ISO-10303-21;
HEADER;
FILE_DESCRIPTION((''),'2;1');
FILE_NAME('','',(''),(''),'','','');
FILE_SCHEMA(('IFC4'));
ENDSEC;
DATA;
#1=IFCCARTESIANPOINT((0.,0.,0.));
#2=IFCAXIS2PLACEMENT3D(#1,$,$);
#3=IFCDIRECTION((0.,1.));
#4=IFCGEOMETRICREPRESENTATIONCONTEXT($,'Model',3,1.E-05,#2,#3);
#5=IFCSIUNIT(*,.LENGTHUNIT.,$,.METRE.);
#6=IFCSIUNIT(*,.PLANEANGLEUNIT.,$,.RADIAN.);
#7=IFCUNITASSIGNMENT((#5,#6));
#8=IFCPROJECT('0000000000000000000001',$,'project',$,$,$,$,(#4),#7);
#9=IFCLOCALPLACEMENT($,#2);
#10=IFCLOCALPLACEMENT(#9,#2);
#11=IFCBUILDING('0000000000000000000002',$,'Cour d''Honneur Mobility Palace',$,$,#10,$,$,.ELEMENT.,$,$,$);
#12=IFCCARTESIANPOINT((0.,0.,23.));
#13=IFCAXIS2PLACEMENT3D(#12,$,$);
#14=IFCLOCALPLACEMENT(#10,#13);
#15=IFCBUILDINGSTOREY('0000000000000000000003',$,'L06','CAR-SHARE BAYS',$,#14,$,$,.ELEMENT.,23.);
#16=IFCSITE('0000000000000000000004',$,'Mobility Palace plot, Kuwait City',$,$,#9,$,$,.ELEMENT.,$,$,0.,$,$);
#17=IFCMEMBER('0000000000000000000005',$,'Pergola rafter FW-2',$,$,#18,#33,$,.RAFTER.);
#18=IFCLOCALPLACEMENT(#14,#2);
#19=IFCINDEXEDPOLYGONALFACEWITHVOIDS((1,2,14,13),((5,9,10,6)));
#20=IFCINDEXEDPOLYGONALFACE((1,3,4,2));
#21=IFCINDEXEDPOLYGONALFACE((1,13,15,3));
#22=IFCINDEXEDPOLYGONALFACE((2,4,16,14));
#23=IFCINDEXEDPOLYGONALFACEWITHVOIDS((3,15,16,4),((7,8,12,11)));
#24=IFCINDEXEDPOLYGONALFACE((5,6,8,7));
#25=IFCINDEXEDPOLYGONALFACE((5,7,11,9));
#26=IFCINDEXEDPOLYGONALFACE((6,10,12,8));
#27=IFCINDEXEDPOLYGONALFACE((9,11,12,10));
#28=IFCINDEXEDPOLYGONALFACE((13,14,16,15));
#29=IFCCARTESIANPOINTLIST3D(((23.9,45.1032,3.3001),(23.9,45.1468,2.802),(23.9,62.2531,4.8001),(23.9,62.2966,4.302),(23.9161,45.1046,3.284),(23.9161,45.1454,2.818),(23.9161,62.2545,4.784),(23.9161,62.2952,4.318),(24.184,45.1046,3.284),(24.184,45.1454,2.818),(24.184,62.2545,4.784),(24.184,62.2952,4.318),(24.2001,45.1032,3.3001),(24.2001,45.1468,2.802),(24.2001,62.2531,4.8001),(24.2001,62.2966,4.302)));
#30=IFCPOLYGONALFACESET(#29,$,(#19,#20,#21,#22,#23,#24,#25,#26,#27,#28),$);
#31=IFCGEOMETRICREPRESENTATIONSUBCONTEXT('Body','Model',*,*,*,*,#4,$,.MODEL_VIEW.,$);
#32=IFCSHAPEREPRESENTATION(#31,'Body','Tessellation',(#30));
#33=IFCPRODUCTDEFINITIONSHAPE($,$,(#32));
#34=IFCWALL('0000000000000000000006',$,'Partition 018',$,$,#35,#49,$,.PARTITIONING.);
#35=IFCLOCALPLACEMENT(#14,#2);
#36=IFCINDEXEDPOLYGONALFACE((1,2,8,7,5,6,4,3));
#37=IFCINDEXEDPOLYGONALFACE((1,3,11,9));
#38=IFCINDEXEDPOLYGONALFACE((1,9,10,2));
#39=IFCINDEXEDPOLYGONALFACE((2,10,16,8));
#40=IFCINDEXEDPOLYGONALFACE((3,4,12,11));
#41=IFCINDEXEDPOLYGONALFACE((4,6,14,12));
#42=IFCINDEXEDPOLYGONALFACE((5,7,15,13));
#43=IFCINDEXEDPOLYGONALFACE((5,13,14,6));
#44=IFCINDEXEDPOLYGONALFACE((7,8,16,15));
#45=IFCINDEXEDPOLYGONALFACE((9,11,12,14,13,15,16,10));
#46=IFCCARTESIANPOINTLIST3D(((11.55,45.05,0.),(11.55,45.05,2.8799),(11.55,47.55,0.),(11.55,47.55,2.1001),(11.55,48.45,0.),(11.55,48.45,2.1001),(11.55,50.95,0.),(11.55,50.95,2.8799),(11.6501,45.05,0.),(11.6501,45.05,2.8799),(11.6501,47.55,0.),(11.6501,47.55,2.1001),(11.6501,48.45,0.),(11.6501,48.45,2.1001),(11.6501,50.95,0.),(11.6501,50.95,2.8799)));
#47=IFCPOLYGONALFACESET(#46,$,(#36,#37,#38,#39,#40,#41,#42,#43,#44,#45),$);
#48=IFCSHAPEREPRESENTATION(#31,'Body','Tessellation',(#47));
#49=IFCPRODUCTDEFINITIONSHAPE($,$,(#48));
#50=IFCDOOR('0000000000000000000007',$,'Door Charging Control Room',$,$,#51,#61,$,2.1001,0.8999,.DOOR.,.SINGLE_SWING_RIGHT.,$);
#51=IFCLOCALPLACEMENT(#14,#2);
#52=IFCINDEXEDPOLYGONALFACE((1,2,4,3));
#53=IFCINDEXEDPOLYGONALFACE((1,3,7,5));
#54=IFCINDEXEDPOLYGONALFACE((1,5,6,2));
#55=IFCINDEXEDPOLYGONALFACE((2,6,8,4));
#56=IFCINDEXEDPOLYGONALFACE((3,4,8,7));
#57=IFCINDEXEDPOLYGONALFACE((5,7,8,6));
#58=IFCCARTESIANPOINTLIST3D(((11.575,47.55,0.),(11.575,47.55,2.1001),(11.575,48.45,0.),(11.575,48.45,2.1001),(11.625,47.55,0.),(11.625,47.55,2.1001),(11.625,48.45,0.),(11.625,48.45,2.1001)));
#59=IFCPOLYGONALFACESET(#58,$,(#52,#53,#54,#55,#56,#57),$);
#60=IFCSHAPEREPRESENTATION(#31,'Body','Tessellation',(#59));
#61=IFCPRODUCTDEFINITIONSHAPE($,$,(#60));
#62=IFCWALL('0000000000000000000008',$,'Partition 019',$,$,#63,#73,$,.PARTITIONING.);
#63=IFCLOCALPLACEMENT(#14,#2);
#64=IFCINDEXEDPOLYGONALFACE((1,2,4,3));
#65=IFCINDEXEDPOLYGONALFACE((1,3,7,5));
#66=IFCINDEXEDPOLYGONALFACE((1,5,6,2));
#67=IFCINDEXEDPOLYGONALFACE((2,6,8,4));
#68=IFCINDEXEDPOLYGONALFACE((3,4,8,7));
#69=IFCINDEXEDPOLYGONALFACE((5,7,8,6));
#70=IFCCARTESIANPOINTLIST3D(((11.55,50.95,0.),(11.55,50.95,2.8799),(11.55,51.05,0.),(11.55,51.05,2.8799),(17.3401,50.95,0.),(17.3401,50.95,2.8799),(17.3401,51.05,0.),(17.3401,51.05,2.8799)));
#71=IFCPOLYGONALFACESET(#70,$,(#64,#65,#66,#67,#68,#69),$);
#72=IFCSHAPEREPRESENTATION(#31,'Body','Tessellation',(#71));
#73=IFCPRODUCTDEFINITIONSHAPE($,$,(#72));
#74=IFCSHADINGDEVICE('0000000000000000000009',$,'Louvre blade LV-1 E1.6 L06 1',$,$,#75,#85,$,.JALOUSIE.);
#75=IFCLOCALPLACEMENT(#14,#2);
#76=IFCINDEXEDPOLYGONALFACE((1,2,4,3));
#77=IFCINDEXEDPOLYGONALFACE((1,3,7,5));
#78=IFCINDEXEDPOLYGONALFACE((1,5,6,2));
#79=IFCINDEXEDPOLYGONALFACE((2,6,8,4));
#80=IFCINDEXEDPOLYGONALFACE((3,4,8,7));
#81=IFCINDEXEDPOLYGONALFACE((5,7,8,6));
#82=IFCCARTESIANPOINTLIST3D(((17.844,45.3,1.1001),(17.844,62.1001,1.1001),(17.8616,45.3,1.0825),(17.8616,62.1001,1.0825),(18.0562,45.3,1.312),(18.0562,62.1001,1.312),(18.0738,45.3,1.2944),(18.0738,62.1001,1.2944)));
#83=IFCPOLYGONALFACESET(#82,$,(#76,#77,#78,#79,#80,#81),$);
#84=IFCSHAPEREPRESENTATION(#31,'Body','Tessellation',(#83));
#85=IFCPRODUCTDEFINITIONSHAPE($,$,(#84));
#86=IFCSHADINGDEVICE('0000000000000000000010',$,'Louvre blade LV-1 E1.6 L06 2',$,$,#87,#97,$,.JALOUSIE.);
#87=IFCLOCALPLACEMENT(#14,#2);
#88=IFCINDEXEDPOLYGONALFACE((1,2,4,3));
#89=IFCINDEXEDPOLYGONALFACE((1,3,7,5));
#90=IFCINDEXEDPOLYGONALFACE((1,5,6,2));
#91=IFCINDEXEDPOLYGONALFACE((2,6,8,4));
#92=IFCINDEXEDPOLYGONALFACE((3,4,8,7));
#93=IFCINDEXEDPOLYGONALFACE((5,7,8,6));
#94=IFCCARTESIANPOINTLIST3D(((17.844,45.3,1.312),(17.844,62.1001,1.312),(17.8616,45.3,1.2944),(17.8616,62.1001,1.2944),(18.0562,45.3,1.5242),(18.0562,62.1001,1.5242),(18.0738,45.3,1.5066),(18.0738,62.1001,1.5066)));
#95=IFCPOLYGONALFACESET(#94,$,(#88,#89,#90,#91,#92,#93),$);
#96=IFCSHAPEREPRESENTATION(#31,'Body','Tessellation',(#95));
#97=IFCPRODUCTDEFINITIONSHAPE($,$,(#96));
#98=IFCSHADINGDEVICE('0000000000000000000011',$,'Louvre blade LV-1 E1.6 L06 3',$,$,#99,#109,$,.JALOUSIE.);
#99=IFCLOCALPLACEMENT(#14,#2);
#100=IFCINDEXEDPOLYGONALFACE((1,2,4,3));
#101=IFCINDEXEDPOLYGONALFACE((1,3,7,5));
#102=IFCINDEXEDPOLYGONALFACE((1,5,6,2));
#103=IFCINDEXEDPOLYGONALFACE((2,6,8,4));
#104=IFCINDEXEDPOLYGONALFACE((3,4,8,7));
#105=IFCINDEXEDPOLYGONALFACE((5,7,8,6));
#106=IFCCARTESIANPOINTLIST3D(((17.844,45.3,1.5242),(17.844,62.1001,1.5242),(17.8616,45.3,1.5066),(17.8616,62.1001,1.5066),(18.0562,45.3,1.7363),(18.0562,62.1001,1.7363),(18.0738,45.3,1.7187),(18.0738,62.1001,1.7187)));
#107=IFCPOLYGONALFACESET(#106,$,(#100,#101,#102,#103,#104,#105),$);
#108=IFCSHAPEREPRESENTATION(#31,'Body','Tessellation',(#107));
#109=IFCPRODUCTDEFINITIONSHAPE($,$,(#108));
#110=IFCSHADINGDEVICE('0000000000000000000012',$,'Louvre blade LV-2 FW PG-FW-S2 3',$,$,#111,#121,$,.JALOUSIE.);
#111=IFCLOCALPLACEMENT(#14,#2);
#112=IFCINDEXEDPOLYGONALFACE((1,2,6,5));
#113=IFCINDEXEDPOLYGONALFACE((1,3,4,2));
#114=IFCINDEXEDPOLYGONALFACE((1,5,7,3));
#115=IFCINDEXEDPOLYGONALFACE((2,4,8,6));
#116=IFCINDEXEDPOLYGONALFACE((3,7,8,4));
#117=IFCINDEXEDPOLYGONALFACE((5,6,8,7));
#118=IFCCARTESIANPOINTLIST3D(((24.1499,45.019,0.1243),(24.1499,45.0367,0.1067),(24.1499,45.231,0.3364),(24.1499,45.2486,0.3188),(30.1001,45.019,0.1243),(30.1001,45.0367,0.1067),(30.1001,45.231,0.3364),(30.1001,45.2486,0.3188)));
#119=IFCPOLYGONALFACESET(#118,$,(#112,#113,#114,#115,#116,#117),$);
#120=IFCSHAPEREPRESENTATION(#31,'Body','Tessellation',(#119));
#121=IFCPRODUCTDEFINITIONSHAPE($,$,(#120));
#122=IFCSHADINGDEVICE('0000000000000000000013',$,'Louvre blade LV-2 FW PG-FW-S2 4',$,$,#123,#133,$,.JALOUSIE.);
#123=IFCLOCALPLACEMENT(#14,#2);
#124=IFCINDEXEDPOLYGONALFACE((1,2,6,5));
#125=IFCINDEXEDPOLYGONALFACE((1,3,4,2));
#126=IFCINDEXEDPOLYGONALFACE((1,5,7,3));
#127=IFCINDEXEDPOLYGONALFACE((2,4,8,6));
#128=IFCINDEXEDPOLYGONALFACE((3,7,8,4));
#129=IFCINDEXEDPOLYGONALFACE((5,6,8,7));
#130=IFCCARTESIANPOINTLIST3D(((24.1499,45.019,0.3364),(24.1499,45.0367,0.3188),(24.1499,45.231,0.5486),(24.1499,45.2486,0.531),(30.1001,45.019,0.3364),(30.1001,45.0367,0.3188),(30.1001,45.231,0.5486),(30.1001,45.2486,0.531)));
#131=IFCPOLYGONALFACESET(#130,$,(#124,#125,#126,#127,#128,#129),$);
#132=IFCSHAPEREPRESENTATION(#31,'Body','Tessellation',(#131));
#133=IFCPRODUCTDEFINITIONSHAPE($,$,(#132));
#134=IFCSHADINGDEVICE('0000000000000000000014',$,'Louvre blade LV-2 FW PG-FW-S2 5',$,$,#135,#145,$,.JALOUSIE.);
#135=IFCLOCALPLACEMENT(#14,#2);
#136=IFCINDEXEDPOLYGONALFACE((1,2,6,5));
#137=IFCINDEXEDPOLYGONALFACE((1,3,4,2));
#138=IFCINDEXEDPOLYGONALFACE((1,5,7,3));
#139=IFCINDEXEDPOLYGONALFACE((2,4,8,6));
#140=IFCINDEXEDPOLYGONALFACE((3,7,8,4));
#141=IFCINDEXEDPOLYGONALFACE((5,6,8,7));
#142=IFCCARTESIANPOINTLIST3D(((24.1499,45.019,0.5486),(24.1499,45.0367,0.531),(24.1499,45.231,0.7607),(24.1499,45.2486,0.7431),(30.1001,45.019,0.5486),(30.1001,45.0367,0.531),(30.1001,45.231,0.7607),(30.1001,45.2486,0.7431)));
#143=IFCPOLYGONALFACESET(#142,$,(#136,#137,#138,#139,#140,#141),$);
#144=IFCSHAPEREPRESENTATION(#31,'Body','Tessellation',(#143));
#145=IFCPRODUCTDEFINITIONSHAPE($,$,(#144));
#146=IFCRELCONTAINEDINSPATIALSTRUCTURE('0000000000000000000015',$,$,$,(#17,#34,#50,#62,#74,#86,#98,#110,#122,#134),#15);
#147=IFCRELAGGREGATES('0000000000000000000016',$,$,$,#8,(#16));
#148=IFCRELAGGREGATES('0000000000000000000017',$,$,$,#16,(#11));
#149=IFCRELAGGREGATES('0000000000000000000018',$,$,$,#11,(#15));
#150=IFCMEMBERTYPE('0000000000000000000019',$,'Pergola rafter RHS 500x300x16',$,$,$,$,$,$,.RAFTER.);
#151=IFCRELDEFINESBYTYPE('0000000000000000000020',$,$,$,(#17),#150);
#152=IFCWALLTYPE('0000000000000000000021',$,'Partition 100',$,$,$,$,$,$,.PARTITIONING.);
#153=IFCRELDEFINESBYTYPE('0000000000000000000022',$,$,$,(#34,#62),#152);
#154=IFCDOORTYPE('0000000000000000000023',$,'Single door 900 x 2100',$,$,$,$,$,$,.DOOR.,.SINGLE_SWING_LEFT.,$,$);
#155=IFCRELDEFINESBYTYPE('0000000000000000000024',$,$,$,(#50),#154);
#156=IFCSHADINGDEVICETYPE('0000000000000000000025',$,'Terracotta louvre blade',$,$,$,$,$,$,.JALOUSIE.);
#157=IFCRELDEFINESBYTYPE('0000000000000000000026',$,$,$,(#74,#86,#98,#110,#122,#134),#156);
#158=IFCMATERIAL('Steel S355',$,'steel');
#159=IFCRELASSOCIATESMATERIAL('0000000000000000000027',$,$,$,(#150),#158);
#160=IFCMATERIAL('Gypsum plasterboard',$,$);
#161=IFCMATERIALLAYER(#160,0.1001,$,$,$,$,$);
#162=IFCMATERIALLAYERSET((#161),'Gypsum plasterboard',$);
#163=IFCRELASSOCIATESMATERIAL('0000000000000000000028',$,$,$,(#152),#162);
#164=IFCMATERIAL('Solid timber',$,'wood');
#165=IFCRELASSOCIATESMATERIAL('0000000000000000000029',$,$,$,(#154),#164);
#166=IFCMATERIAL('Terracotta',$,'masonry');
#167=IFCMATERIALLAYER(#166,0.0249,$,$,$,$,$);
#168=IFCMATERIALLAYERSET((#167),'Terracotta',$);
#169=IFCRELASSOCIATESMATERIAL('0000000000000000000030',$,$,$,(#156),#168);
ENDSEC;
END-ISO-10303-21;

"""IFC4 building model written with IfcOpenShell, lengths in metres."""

from ifc_helpers import new_model, si_unit, direction, frame, frame_2d, origin, origin_2d, place, context, subcontext, project, spatial, polyline, rectangle, hollow_rectangle, outline, extrude, material, layer, layer_set, material_profile, profile_set, type_object, element, fill, save


model = new_model("IFC4")

# Units and contexts
model_context = context("Model", 3, precision=1e-05, world=origin(), true_north=direction((0.0, 1.0)))
body_context = subcontext(model_context, "Body", "Model", "MODEL_VIEW")
ifc_project = project(units=[si_unit("LENGTHUNIT", "METRE"), si_unit("PLANEANGLEUNIT", "RADIAN")], contexts=[model_context])

# Site, building, storey
site_placement = place(None, origin())
site = spatial("IfcSite", under=ifc_project, at=site_placement, Name="Mobility Palace plot, Kuwait City", CompositionType="ELEMENT", RefElevation=0.0)
building_placement = place(site_placement, origin())
building = spatial("IfcBuilding", under=site, at=building_placement, Name="Cour d'Honneur Mobility Palace", CompositionType="ELEMENT")
storey_placement = place(building_placement, frame((0.0, 0.0, 23.0)))
storey = spatial("IfcBuildingStorey", under=building, at=storey_placement, Name="L06", Description="CAR-SHARE BAYS", CompositionType="ELEMENT", Elevation=23.0)

# Member
ifc_material_1 = material(Name="Steel S355", Category="steel")
ifc_material_profile_1 = material_profile(ifc_material_1, hollow_rectangle(XDim=0.3, YDim=0.5, WallThickness=0.0161, at=origin_2d()), Name="RHS 500x300x16")
ifc_profile_set_1 = profile_set([ifc_material_profile_1], Name="Steel S355")
member_type_1 = type_object("IfcMemberType", Name="Pergola rafter RHS 500x300x16", PredefinedType="RAFTER", material=ifc_profile_set_1)
for number, where, z_axis, x_axis, name in (
    (1, (24.05, 45.125, 3.051), (0.0, 0.996197, 0.087131), (-1.0, 0.0, 0.0), "Pergola rafter FW-2"),
):
    element("IfcMember", number, at=place(storey_placement, frame(where, z_axis=z_axis, x_axis=x_axis)), inside=storey, type_object=member_type_1, Name=name, PredefinedType="RAFTER", context=body_context, shape_type="SweptSolid", body=[
        extrude(hollow_rectangle(XDim=0.3, YDim=0.5, WallThickness=0.0161, at=origin_2d()), origin(), (0.0, 0.0, 1.0), 17.2153),
    ])

# Wall, opening, door
ifc_material_2 = material(Name="Gypsum plasterboard")
ifc_layer_1 = layer(ifc_material_2, 0.1001)
ifc_layer_set_1 = layer_set([ifc_layer_1], Name="Gypsum plasterboard")
wall_type = type_object("IfcWallType", Name="Partition 100", PredefinedType="PARTITIONING", material=ifc_layer_set_1)
wall_1_placement = place(storey_placement, frame((11.6001, 50.95, 0.0), z_axis=(0.0, 0.0, 1.0), x_axis=(0.0, -1.0, 0.0)))
wall_1 = element("IfcWall", 2, at=wall_1_placement, inside=storey, type_object=wall_type, Name="Partition 018", PredefinedType="PARTITIONING", context=body_context, shape_type="SweptSolid", body=[
    extrude(rectangle(XDim=5.8999, YDim=0.1001, at=frame_2d((2.95, 0.0))), origin(), (0.0, 0.0, 1.0), 2.8799),
])
opening_placement = place(wall_1_placement, frame((2.5, 0.0, 0.0)))
opening = element("IfcOpeningElement", 3, at=opening_placement, cuts=wall_1, PredefinedType="OPENING", context=body_context, shape_type="SweptSolid", body=[
    extrude(rectangle(XDim=0.8999, YDim=2.1001, at=frame_2d((0.45, 1.05))), frame((0.0, 0.0601, 0.0), z_axis=(0.0, -1.0, 0.0), x_axis=(1.0, 0.0, 0.0)), (0.0, 0.0, 1.0), 0.1201),
])
ifc_material_3 = material(Name="Solid timber", Category="wood")
door_type = type_object("IfcDoorType", Name="Single door 900 x 2100", OperationType="SINGLE_SWING_LEFT", PredefinedType="DOOR", material=ifc_material_3)
door_placement = place(opening_placement, origin())
door = element("IfcDoor", 4, at=door_placement, inside=storey, type_object=door_type, Name="Door Charging Control Room", OperationType="SINGLE_SWING_RIGHT", OverallHeight=2.1001, OverallWidth=0.8999, PredefinedType="DOOR", context=body_context, shape_type="SweptSolid", body=[
    extrude(rectangle(XDim=0.8999, YDim=2.1001, at=frame_2d((0.45, 1.05))), frame((0.0, 0.0249, 0.0), z_axis=(0.0, -1.0, 0.0), x_axis=(1.0, 0.0, 0.0)), (0.0, 0.0, 1.0), 0.05),
])
fill(opening, door)

# Wall
wall_2_placement = place(storey_placement, frame((17.3401, 51.0, 0.0), z_axis=(0.0, 0.0, 1.0), x_axis=(-1.0, 0.0, 0.0)))
element("IfcWall", 5, at=wall_2_placement, inside=storey, type_object=wall_type, Name="Partition 019", PredefinedType="PARTITIONING", context=body_context, shape_type="SweptSolid", body=[
    extrude(rectangle(XDim=5.79, YDim=0.1001, at=frame_2d((2.895, 0.0))), origin(), (0.0, 0.0, 1.0), 2.8799),
])

# Shading devices
ifc_material_4 = material(Name="Terracotta", Category="masonry")
ifc_layer_2 = layer(ifc_material_4, 0.0249)
ifc_layer_set_2 = layer_set([ifc_layer_2], Name="Terracotta")
shading_device_type = type_object("IfcShadingDeviceType", Name="Terracotta louvre blade", PredefinedType="JALOUSIE", material=ifc_layer_set_2)
shading_device_placement = place(storey_placement, frame((17.844, 45.3, 1.1001), z_axis=(-0.7067, 0.0, 0.707514), x_axis=(0.0, 1.0, 0.0)))
element("IfcShadingDevice", 6, at=shading_device_placement, inside=storey, type_object=shading_device_type, Name="Louvre blade LV-1 E1.6 L06 1", PredefinedType="JALOUSIE", context=body_context, shape_type="SweptSolid", body=[
    extrude(outline(polyline([(0.0, 0.0), (16.8, 0.0), (16.8, -0.2999), (0.0, -0.2999), (0.0, 0.0)])), origin(), (0.0, 0.0, -1.0), 0.0249),
])
for number, where, z_axis, x_axis, name in (
    (7, (17.844, 45.3, 1.312), (-0.707107, 0.0, 0.707107), (0.0, 1.0, 0.0), "Louvre blade LV-1 E1.6 L06 2"),
    (8, (17.844, 45.3, 1.5242), (-0.707107, 0.0, 0.707107), (0.0, 1.0, 0.0), "Louvre blade LV-1 E1.6 L06 3"),
):
    element("IfcShadingDevice", number, at=place(storey_placement, frame(where, z_axis=z_axis, x_axis=x_axis)), inside=storey, type_object=shading_device_type, Name=name, PredefinedType="JALOUSIE", context=body_context, shape_type="SweptSolid", body=[
        extrude(outline(polyline([(0.0, 0.0), (16.8, 0.0), (16.8, -0.3), (0.0, -0.3), (0.0, 0.0)])), origin(), (0.0, 0.0, -1.0), 0.0249),
    ])
for number, where, z_axis, x_axis, name in (
    (9, (24.1499, 45.019, 0.1243), (0.0, -0.707514, 0.7067), (1.0, 0.0, 0.0), "Louvre blade LV-2 FW PG-FW-S2 3"),
    (10, (24.1499, 45.019, 0.3364), (0.0, -0.707514, 0.7067), (1.0, 0.0, 0.0), "Louvre blade LV-2 FW PG-FW-S2 4"),
    (11, (24.1499, 45.019, 0.5486), (0.0, -0.707514, 0.7067), (1.0, 0.0, 0.0), "Louvre blade LV-2 FW PG-FW-S2 5"),
):
    element("IfcShadingDevice", number, at=place(storey_placement, frame(where, z_axis=z_axis, x_axis=x_axis)), inside=storey, type_object=shading_device_type, Name=name, PredefinedType="JALOUSIE", context=body_context, shape_type="SweptSolid", body=[
        extrude(outline(polyline([(0.0, 0.0), (5.9502, 0.0), (5.9502, 0.2999), (0.0, 0.2999), (0.0, 0.0)])), origin(), (0.0, 0.0, -1.0), 0.0249),
    ])

save(model, "model.ifc")
